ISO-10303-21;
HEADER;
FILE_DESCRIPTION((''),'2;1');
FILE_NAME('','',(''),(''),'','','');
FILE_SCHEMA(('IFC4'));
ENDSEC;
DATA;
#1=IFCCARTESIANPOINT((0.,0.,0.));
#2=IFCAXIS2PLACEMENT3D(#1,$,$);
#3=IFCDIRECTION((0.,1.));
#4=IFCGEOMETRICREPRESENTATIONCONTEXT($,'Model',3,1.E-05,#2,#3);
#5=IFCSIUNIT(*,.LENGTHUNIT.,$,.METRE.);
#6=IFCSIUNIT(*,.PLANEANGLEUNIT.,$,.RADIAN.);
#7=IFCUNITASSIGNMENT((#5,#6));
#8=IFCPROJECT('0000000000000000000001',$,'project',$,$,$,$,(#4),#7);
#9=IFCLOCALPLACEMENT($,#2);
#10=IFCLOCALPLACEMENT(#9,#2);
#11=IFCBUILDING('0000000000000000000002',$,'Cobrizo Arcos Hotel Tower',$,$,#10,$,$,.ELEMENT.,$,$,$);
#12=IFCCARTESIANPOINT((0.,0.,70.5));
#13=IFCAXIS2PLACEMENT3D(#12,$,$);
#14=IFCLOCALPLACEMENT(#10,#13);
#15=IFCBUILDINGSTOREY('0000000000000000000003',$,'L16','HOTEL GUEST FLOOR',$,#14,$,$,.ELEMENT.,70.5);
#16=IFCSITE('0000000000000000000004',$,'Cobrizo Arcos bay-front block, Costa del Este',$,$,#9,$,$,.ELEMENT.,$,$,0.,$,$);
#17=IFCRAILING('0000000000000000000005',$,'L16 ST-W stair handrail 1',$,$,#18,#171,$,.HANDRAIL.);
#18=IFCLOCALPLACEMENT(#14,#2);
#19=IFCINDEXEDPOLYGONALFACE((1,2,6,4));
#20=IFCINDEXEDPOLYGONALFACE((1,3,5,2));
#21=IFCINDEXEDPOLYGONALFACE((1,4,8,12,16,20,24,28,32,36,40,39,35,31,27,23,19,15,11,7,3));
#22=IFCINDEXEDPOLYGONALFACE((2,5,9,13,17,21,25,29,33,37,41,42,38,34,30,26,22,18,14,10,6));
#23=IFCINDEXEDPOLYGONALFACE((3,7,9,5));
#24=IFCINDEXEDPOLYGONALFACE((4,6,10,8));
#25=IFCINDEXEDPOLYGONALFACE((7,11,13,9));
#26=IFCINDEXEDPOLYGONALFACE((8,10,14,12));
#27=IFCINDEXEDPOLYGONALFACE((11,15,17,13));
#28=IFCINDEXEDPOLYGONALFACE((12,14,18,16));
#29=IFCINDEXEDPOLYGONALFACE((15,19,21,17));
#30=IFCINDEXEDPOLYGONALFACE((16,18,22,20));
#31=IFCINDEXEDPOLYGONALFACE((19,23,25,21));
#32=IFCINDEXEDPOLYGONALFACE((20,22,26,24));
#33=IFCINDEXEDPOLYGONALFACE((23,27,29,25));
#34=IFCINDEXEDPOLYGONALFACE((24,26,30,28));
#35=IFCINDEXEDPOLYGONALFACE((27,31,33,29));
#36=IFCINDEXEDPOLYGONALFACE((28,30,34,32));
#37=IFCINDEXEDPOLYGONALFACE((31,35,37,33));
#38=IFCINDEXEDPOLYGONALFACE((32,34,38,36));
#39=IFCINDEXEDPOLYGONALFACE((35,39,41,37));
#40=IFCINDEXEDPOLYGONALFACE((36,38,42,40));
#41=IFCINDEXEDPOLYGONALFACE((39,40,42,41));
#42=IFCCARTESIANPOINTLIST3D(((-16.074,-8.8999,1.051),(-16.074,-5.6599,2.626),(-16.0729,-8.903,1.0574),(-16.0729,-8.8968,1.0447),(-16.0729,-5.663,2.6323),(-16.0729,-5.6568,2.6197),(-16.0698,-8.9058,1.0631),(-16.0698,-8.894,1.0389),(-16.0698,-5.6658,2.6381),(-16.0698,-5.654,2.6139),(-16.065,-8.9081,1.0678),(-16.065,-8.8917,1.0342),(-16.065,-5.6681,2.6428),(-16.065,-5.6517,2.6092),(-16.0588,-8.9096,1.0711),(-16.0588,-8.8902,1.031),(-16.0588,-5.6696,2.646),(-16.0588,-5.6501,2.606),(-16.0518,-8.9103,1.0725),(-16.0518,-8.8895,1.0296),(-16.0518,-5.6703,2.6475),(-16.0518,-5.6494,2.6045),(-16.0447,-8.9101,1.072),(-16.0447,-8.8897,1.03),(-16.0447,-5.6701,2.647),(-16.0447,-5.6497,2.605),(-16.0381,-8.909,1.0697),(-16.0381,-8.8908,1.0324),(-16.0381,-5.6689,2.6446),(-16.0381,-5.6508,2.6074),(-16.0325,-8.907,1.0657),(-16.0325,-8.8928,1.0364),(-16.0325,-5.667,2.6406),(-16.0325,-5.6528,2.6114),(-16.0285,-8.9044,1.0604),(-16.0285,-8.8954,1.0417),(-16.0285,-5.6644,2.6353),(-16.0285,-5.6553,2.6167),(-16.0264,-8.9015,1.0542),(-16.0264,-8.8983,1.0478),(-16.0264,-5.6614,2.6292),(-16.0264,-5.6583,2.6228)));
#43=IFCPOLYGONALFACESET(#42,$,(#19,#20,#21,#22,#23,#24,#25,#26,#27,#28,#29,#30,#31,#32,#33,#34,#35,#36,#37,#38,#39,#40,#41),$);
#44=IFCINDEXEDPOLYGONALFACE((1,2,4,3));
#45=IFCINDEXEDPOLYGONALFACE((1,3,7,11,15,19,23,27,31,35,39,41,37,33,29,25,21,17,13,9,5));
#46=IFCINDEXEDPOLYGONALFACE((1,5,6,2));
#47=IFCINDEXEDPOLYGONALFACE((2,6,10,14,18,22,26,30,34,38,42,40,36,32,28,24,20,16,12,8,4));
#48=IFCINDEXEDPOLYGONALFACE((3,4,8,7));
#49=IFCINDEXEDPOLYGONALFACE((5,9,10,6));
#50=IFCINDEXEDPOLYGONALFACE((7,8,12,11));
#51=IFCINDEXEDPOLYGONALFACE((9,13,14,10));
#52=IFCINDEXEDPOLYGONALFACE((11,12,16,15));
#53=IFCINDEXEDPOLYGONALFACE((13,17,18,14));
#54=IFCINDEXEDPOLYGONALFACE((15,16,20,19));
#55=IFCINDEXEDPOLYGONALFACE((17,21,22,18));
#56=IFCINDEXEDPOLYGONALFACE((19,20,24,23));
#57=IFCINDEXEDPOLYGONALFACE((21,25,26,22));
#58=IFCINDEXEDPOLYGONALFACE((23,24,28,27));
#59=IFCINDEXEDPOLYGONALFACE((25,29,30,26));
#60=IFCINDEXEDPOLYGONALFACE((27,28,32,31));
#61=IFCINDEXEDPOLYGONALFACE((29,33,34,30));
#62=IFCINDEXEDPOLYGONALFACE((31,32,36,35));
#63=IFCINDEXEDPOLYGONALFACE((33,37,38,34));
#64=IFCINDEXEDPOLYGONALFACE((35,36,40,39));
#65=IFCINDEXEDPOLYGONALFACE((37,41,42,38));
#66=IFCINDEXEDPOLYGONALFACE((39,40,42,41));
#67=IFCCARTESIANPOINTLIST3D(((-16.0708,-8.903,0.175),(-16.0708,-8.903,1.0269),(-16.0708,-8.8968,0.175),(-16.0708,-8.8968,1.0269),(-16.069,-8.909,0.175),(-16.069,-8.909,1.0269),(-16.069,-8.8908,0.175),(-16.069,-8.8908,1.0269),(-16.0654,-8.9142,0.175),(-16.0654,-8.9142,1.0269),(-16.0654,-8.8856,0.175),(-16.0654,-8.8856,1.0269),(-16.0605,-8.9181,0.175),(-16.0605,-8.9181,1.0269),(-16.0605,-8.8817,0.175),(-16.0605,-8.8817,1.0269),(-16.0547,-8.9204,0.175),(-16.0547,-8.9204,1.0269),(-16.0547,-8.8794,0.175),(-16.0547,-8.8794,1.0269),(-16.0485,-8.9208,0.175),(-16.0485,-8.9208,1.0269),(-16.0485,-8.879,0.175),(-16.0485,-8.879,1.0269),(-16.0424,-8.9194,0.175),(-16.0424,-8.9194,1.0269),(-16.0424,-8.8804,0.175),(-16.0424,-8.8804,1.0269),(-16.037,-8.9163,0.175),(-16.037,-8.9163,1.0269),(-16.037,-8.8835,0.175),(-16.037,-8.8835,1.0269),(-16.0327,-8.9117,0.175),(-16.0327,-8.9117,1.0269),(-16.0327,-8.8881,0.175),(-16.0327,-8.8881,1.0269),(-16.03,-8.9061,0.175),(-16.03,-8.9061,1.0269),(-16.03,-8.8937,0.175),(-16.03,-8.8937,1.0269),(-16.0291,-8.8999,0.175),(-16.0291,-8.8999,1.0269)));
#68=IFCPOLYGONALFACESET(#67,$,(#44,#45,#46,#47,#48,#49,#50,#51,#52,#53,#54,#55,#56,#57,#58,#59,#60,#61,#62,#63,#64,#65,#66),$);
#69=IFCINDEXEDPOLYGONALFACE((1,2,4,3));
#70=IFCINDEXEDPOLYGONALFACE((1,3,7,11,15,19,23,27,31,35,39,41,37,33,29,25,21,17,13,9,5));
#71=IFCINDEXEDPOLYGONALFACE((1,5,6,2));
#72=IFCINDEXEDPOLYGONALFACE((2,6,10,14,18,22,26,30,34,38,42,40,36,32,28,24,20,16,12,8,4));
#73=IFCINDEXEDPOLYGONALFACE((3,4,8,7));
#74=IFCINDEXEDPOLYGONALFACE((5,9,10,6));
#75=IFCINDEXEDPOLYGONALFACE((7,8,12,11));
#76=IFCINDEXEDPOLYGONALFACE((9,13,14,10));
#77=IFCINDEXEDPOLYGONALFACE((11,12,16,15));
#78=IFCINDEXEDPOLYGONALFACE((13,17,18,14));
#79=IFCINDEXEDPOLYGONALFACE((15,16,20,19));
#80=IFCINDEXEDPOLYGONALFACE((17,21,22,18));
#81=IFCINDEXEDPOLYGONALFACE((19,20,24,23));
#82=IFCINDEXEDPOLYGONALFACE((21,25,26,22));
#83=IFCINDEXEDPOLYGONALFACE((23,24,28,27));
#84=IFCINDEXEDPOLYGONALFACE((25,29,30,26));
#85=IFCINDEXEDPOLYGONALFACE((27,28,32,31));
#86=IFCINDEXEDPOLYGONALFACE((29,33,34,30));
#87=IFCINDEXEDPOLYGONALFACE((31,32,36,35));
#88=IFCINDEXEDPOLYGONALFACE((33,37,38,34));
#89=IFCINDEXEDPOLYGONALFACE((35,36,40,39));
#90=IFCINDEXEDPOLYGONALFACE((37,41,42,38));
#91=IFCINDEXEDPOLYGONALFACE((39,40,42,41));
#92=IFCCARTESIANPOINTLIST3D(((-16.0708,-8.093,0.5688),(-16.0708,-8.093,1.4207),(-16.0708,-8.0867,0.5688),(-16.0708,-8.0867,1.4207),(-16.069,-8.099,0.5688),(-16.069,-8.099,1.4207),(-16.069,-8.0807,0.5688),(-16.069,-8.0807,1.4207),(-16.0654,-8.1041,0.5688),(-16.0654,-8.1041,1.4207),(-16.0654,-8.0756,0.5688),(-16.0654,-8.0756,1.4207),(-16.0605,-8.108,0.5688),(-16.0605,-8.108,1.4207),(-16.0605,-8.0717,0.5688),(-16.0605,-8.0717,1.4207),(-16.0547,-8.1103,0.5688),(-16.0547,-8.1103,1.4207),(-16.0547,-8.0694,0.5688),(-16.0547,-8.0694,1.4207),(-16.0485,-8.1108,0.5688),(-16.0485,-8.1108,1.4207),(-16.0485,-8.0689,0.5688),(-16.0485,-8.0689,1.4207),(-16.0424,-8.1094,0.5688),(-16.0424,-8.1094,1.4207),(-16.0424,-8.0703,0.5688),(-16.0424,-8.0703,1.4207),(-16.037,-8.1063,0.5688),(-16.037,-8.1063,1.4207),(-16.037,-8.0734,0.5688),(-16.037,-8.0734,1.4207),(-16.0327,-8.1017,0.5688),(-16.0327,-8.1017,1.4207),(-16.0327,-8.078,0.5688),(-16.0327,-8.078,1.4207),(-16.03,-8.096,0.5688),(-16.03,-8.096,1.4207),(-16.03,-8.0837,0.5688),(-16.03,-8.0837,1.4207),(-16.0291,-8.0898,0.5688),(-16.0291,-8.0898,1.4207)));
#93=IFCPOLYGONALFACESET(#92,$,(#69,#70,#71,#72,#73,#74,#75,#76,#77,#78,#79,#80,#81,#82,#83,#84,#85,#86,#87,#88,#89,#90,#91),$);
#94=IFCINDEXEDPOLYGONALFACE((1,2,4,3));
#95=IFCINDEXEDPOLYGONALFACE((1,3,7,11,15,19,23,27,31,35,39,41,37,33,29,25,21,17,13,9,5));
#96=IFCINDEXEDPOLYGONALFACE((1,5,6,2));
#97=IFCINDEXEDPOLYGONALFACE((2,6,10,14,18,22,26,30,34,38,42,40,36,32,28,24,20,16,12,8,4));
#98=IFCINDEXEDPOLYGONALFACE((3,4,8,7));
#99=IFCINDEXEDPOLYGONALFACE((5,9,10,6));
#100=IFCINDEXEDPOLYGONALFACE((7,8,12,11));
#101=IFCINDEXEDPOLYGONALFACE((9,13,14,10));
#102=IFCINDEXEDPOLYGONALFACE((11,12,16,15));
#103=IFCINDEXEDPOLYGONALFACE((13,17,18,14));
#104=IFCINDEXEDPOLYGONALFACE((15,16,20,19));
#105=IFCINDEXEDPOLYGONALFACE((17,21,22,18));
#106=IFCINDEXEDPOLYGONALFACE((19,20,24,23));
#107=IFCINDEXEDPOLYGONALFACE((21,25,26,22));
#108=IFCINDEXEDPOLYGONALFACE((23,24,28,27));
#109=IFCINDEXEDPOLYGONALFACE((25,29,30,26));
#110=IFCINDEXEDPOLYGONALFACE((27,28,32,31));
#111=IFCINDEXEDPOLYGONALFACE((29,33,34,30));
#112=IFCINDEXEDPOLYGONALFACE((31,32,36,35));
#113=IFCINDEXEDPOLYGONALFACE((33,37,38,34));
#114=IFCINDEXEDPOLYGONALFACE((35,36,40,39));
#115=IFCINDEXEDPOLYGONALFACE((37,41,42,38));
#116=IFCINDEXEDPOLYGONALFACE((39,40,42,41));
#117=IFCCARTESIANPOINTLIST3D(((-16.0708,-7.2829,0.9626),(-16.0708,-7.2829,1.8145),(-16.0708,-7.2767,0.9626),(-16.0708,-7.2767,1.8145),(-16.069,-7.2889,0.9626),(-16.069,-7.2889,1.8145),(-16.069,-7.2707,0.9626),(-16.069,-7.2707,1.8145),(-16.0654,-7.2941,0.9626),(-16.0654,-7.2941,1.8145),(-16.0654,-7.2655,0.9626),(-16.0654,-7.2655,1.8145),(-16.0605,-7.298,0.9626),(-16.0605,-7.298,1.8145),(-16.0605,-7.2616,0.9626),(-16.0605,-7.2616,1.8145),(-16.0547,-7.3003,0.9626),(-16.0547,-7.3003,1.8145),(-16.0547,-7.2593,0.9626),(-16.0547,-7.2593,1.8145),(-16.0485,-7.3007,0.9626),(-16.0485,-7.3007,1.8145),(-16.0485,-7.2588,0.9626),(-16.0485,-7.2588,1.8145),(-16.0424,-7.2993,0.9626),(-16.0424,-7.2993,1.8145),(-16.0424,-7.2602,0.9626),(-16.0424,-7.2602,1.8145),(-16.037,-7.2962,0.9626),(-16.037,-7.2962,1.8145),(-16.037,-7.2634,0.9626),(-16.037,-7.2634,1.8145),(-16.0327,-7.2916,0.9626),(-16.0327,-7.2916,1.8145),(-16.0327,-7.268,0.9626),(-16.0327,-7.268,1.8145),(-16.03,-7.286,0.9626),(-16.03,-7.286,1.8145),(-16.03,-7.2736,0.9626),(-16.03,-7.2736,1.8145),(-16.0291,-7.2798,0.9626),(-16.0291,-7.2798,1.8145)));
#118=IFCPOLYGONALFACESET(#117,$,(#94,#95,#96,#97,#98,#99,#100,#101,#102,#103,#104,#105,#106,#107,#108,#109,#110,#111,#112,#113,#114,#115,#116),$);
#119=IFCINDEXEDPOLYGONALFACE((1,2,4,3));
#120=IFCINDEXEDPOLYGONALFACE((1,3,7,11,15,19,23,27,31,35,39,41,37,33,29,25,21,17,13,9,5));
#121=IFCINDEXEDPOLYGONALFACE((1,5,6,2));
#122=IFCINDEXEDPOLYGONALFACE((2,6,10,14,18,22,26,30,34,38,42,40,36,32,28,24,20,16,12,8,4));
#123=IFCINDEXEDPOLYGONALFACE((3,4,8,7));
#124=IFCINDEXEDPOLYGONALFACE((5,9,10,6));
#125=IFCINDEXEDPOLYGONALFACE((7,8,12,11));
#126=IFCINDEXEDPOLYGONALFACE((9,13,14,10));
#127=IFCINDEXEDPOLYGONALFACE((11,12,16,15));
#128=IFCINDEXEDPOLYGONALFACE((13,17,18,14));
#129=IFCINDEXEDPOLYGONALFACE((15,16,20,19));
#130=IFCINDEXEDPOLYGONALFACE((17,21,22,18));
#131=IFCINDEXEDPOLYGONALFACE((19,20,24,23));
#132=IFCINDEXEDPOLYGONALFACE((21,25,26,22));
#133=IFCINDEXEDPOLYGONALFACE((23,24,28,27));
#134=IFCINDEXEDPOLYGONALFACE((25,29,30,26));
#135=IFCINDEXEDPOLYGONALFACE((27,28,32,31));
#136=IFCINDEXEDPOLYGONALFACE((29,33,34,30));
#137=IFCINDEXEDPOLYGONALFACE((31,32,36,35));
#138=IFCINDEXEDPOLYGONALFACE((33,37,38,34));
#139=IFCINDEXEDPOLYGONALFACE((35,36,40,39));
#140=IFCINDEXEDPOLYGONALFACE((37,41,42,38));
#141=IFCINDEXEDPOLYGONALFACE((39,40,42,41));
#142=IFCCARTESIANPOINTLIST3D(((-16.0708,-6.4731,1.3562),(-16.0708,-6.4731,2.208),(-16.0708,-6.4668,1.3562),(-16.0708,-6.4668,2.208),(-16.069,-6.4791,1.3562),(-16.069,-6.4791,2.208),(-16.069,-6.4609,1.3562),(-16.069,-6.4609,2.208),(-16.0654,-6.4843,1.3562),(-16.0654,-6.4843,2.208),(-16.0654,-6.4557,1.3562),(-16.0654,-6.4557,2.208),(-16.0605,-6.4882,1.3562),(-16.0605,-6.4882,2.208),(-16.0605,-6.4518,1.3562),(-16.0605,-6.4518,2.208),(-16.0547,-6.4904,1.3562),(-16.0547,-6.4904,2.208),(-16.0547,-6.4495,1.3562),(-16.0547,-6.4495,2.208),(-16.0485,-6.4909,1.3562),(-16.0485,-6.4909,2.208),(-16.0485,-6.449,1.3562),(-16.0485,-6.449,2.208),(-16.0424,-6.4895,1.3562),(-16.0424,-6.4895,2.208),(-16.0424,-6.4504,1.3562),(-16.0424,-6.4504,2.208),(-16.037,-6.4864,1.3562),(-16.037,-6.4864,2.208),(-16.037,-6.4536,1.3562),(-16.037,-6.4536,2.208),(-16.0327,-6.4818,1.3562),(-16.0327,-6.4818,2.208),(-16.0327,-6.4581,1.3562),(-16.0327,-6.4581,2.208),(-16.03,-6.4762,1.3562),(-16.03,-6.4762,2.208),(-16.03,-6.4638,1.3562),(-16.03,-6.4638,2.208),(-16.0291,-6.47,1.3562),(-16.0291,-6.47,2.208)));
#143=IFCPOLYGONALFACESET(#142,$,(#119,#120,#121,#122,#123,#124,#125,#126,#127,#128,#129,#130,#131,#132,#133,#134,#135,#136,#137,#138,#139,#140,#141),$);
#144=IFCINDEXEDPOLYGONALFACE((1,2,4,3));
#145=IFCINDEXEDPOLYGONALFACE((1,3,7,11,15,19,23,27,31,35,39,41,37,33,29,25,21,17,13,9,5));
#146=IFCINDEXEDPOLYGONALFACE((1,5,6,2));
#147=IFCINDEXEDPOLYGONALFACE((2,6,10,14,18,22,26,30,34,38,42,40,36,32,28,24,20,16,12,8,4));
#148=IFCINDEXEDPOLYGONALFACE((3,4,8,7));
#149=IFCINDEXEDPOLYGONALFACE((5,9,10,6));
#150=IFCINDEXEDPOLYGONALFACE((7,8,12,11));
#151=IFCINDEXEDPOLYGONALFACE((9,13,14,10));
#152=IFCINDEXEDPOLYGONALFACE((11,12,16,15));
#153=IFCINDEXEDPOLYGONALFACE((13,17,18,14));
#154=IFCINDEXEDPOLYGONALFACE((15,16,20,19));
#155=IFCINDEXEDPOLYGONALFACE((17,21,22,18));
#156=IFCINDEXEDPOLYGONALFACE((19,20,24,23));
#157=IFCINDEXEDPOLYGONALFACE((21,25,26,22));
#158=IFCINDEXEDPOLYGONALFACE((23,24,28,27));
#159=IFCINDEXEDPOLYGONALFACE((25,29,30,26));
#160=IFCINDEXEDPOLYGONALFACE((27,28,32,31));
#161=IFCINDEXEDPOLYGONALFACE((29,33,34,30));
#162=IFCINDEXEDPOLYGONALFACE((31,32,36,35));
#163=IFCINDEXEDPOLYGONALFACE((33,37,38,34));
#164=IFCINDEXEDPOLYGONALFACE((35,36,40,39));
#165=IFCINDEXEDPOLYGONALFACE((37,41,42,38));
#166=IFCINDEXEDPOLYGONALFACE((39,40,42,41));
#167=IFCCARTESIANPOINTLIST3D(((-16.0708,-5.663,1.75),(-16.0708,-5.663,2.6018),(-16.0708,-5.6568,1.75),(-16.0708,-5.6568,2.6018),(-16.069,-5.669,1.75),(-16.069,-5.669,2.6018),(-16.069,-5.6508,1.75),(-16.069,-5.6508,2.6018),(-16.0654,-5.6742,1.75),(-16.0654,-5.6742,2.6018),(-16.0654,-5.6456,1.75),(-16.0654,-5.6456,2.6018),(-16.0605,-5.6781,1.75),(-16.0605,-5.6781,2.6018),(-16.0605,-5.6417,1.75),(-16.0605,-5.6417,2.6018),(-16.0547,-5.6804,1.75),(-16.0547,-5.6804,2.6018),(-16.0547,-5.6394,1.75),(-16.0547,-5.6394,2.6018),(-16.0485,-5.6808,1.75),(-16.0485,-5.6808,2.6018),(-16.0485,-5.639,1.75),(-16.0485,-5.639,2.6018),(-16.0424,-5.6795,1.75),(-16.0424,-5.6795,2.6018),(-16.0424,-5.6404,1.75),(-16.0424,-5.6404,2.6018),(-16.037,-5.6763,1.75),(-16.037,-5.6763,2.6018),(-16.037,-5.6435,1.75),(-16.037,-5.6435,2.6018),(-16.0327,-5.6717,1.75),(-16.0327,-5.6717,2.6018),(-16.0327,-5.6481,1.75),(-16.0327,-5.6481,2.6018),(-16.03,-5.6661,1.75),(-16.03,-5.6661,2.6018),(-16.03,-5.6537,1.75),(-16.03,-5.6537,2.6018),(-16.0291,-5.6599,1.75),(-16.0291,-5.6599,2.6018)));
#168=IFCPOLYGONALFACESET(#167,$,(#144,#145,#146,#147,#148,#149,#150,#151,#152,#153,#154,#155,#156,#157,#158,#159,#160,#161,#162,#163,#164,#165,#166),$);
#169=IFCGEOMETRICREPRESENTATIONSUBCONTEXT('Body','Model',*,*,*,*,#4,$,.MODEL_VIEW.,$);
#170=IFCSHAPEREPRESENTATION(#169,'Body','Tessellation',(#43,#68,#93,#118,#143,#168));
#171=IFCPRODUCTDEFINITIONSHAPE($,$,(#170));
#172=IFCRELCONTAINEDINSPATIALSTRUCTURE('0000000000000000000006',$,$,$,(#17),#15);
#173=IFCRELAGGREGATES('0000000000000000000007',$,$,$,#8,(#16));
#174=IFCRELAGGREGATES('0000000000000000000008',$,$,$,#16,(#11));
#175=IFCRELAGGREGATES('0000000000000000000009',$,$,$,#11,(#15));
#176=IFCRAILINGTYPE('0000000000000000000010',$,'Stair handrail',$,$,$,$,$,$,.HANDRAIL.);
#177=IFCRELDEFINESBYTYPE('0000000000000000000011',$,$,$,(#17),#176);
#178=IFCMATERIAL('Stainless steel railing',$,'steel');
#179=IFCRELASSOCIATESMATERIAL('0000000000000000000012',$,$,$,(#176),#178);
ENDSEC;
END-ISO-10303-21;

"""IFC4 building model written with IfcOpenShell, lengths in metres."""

from ifc_helpers import new_model, si_unit, direction, frame, origin, origin_2d, place, context, subcontext, project, spatial, circle, extrude, material, type_object, element, save


model = new_model("IFC4")

# Units and contexts
model_context = context("Model", 3, precision=1e-05, world=origin(), true_north=direction((0.0, 1.0)))
body_context = subcontext(model_context, "Body", "Model", "MODEL_VIEW")
ifc_project = project(units=[si_unit("LENGTHUNIT", "METRE"), si_unit("PLANEANGLEUNIT", "RADIAN")], contexts=[model_context])

# Site, building, storey
site_placement = place(None, origin())
site = spatial("IfcSite", under=ifc_project, at=site_placement, Name="Cobrizo Arcos bay-front block, Costa del Este", CompositionType="ELEMENT", RefElevation=0.0)
building_placement = place(site_placement, origin())
building = spatial("IfcBuilding", under=site, at=building_placement, Name="Cobrizo Arcos Hotel Tower", CompositionType="ELEMENT")
storey_placement = place(building_placement, frame((0.0, 0.0, 70.5)))
storey = spatial("IfcBuildingStorey", under=building, at=storey_placement, Name="L16", Description="HOTEL GUEST FLOOR", CompositionType="ELEMENT", Elevation=70.5)

# Railing
ifc_material_1 = material(Name="Stainless steel railing", Category="steel")
railing_type_1 = type_object("IfcRailingType", Name="Stair handrail", PredefinedType="HANDRAIL", material=ifc_material_1)
railing_1_placement = place(storey_placement, frame((-16.05, -8.8999, 0.175)))
element("IfcRailing", 1, at=railing_1_placement, inside=storey, type_object=railing_type_1, Name="L16 ST-W stair handrail 1", PredefinedType="HANDRAIL", context=body_context, shape_type="SweptSolid", body=[
    extrude(circle(Radius=0.0239, at=origin_2d()), frame((0.0, 0.0, 0.876), z_axis=(0.0, 0.899373, 0.437183), x_axis=(-1.0, 0.0, 0.0)), (0.0, 0.0, 1.0), 3.6025),
    extrude(circle(Radius=0.021, at=origin_2d()), origin(), (0.0, 0.0, 1.0), 0.8518),
    extrude(circle(Radius=0.021, at=origin_2d()), frame((0.0, 0.8101, 0.3938)), (0.0, 0.0, 1.0), 0.8518),
    extrude(circle(Radius=0.021, at=origin_2d()), frame((0.0, 1.6201, 0.7876)), (0.0, 0.0, 1.0), 0.8518),
    extrude(circle(Radius=0.021, at=origin_2d()), frame((0.0, 2.4299, 1.1812)), (0.0, 0.0, 1.0), 0.8518),
    extrude(circle(Radius=0.021, at=origin_2d()), frame((0.0, 3.24, 1.575)), (0.0, 0.0, 1.0), 0.8518),
])

save(model, "model.ifc")
